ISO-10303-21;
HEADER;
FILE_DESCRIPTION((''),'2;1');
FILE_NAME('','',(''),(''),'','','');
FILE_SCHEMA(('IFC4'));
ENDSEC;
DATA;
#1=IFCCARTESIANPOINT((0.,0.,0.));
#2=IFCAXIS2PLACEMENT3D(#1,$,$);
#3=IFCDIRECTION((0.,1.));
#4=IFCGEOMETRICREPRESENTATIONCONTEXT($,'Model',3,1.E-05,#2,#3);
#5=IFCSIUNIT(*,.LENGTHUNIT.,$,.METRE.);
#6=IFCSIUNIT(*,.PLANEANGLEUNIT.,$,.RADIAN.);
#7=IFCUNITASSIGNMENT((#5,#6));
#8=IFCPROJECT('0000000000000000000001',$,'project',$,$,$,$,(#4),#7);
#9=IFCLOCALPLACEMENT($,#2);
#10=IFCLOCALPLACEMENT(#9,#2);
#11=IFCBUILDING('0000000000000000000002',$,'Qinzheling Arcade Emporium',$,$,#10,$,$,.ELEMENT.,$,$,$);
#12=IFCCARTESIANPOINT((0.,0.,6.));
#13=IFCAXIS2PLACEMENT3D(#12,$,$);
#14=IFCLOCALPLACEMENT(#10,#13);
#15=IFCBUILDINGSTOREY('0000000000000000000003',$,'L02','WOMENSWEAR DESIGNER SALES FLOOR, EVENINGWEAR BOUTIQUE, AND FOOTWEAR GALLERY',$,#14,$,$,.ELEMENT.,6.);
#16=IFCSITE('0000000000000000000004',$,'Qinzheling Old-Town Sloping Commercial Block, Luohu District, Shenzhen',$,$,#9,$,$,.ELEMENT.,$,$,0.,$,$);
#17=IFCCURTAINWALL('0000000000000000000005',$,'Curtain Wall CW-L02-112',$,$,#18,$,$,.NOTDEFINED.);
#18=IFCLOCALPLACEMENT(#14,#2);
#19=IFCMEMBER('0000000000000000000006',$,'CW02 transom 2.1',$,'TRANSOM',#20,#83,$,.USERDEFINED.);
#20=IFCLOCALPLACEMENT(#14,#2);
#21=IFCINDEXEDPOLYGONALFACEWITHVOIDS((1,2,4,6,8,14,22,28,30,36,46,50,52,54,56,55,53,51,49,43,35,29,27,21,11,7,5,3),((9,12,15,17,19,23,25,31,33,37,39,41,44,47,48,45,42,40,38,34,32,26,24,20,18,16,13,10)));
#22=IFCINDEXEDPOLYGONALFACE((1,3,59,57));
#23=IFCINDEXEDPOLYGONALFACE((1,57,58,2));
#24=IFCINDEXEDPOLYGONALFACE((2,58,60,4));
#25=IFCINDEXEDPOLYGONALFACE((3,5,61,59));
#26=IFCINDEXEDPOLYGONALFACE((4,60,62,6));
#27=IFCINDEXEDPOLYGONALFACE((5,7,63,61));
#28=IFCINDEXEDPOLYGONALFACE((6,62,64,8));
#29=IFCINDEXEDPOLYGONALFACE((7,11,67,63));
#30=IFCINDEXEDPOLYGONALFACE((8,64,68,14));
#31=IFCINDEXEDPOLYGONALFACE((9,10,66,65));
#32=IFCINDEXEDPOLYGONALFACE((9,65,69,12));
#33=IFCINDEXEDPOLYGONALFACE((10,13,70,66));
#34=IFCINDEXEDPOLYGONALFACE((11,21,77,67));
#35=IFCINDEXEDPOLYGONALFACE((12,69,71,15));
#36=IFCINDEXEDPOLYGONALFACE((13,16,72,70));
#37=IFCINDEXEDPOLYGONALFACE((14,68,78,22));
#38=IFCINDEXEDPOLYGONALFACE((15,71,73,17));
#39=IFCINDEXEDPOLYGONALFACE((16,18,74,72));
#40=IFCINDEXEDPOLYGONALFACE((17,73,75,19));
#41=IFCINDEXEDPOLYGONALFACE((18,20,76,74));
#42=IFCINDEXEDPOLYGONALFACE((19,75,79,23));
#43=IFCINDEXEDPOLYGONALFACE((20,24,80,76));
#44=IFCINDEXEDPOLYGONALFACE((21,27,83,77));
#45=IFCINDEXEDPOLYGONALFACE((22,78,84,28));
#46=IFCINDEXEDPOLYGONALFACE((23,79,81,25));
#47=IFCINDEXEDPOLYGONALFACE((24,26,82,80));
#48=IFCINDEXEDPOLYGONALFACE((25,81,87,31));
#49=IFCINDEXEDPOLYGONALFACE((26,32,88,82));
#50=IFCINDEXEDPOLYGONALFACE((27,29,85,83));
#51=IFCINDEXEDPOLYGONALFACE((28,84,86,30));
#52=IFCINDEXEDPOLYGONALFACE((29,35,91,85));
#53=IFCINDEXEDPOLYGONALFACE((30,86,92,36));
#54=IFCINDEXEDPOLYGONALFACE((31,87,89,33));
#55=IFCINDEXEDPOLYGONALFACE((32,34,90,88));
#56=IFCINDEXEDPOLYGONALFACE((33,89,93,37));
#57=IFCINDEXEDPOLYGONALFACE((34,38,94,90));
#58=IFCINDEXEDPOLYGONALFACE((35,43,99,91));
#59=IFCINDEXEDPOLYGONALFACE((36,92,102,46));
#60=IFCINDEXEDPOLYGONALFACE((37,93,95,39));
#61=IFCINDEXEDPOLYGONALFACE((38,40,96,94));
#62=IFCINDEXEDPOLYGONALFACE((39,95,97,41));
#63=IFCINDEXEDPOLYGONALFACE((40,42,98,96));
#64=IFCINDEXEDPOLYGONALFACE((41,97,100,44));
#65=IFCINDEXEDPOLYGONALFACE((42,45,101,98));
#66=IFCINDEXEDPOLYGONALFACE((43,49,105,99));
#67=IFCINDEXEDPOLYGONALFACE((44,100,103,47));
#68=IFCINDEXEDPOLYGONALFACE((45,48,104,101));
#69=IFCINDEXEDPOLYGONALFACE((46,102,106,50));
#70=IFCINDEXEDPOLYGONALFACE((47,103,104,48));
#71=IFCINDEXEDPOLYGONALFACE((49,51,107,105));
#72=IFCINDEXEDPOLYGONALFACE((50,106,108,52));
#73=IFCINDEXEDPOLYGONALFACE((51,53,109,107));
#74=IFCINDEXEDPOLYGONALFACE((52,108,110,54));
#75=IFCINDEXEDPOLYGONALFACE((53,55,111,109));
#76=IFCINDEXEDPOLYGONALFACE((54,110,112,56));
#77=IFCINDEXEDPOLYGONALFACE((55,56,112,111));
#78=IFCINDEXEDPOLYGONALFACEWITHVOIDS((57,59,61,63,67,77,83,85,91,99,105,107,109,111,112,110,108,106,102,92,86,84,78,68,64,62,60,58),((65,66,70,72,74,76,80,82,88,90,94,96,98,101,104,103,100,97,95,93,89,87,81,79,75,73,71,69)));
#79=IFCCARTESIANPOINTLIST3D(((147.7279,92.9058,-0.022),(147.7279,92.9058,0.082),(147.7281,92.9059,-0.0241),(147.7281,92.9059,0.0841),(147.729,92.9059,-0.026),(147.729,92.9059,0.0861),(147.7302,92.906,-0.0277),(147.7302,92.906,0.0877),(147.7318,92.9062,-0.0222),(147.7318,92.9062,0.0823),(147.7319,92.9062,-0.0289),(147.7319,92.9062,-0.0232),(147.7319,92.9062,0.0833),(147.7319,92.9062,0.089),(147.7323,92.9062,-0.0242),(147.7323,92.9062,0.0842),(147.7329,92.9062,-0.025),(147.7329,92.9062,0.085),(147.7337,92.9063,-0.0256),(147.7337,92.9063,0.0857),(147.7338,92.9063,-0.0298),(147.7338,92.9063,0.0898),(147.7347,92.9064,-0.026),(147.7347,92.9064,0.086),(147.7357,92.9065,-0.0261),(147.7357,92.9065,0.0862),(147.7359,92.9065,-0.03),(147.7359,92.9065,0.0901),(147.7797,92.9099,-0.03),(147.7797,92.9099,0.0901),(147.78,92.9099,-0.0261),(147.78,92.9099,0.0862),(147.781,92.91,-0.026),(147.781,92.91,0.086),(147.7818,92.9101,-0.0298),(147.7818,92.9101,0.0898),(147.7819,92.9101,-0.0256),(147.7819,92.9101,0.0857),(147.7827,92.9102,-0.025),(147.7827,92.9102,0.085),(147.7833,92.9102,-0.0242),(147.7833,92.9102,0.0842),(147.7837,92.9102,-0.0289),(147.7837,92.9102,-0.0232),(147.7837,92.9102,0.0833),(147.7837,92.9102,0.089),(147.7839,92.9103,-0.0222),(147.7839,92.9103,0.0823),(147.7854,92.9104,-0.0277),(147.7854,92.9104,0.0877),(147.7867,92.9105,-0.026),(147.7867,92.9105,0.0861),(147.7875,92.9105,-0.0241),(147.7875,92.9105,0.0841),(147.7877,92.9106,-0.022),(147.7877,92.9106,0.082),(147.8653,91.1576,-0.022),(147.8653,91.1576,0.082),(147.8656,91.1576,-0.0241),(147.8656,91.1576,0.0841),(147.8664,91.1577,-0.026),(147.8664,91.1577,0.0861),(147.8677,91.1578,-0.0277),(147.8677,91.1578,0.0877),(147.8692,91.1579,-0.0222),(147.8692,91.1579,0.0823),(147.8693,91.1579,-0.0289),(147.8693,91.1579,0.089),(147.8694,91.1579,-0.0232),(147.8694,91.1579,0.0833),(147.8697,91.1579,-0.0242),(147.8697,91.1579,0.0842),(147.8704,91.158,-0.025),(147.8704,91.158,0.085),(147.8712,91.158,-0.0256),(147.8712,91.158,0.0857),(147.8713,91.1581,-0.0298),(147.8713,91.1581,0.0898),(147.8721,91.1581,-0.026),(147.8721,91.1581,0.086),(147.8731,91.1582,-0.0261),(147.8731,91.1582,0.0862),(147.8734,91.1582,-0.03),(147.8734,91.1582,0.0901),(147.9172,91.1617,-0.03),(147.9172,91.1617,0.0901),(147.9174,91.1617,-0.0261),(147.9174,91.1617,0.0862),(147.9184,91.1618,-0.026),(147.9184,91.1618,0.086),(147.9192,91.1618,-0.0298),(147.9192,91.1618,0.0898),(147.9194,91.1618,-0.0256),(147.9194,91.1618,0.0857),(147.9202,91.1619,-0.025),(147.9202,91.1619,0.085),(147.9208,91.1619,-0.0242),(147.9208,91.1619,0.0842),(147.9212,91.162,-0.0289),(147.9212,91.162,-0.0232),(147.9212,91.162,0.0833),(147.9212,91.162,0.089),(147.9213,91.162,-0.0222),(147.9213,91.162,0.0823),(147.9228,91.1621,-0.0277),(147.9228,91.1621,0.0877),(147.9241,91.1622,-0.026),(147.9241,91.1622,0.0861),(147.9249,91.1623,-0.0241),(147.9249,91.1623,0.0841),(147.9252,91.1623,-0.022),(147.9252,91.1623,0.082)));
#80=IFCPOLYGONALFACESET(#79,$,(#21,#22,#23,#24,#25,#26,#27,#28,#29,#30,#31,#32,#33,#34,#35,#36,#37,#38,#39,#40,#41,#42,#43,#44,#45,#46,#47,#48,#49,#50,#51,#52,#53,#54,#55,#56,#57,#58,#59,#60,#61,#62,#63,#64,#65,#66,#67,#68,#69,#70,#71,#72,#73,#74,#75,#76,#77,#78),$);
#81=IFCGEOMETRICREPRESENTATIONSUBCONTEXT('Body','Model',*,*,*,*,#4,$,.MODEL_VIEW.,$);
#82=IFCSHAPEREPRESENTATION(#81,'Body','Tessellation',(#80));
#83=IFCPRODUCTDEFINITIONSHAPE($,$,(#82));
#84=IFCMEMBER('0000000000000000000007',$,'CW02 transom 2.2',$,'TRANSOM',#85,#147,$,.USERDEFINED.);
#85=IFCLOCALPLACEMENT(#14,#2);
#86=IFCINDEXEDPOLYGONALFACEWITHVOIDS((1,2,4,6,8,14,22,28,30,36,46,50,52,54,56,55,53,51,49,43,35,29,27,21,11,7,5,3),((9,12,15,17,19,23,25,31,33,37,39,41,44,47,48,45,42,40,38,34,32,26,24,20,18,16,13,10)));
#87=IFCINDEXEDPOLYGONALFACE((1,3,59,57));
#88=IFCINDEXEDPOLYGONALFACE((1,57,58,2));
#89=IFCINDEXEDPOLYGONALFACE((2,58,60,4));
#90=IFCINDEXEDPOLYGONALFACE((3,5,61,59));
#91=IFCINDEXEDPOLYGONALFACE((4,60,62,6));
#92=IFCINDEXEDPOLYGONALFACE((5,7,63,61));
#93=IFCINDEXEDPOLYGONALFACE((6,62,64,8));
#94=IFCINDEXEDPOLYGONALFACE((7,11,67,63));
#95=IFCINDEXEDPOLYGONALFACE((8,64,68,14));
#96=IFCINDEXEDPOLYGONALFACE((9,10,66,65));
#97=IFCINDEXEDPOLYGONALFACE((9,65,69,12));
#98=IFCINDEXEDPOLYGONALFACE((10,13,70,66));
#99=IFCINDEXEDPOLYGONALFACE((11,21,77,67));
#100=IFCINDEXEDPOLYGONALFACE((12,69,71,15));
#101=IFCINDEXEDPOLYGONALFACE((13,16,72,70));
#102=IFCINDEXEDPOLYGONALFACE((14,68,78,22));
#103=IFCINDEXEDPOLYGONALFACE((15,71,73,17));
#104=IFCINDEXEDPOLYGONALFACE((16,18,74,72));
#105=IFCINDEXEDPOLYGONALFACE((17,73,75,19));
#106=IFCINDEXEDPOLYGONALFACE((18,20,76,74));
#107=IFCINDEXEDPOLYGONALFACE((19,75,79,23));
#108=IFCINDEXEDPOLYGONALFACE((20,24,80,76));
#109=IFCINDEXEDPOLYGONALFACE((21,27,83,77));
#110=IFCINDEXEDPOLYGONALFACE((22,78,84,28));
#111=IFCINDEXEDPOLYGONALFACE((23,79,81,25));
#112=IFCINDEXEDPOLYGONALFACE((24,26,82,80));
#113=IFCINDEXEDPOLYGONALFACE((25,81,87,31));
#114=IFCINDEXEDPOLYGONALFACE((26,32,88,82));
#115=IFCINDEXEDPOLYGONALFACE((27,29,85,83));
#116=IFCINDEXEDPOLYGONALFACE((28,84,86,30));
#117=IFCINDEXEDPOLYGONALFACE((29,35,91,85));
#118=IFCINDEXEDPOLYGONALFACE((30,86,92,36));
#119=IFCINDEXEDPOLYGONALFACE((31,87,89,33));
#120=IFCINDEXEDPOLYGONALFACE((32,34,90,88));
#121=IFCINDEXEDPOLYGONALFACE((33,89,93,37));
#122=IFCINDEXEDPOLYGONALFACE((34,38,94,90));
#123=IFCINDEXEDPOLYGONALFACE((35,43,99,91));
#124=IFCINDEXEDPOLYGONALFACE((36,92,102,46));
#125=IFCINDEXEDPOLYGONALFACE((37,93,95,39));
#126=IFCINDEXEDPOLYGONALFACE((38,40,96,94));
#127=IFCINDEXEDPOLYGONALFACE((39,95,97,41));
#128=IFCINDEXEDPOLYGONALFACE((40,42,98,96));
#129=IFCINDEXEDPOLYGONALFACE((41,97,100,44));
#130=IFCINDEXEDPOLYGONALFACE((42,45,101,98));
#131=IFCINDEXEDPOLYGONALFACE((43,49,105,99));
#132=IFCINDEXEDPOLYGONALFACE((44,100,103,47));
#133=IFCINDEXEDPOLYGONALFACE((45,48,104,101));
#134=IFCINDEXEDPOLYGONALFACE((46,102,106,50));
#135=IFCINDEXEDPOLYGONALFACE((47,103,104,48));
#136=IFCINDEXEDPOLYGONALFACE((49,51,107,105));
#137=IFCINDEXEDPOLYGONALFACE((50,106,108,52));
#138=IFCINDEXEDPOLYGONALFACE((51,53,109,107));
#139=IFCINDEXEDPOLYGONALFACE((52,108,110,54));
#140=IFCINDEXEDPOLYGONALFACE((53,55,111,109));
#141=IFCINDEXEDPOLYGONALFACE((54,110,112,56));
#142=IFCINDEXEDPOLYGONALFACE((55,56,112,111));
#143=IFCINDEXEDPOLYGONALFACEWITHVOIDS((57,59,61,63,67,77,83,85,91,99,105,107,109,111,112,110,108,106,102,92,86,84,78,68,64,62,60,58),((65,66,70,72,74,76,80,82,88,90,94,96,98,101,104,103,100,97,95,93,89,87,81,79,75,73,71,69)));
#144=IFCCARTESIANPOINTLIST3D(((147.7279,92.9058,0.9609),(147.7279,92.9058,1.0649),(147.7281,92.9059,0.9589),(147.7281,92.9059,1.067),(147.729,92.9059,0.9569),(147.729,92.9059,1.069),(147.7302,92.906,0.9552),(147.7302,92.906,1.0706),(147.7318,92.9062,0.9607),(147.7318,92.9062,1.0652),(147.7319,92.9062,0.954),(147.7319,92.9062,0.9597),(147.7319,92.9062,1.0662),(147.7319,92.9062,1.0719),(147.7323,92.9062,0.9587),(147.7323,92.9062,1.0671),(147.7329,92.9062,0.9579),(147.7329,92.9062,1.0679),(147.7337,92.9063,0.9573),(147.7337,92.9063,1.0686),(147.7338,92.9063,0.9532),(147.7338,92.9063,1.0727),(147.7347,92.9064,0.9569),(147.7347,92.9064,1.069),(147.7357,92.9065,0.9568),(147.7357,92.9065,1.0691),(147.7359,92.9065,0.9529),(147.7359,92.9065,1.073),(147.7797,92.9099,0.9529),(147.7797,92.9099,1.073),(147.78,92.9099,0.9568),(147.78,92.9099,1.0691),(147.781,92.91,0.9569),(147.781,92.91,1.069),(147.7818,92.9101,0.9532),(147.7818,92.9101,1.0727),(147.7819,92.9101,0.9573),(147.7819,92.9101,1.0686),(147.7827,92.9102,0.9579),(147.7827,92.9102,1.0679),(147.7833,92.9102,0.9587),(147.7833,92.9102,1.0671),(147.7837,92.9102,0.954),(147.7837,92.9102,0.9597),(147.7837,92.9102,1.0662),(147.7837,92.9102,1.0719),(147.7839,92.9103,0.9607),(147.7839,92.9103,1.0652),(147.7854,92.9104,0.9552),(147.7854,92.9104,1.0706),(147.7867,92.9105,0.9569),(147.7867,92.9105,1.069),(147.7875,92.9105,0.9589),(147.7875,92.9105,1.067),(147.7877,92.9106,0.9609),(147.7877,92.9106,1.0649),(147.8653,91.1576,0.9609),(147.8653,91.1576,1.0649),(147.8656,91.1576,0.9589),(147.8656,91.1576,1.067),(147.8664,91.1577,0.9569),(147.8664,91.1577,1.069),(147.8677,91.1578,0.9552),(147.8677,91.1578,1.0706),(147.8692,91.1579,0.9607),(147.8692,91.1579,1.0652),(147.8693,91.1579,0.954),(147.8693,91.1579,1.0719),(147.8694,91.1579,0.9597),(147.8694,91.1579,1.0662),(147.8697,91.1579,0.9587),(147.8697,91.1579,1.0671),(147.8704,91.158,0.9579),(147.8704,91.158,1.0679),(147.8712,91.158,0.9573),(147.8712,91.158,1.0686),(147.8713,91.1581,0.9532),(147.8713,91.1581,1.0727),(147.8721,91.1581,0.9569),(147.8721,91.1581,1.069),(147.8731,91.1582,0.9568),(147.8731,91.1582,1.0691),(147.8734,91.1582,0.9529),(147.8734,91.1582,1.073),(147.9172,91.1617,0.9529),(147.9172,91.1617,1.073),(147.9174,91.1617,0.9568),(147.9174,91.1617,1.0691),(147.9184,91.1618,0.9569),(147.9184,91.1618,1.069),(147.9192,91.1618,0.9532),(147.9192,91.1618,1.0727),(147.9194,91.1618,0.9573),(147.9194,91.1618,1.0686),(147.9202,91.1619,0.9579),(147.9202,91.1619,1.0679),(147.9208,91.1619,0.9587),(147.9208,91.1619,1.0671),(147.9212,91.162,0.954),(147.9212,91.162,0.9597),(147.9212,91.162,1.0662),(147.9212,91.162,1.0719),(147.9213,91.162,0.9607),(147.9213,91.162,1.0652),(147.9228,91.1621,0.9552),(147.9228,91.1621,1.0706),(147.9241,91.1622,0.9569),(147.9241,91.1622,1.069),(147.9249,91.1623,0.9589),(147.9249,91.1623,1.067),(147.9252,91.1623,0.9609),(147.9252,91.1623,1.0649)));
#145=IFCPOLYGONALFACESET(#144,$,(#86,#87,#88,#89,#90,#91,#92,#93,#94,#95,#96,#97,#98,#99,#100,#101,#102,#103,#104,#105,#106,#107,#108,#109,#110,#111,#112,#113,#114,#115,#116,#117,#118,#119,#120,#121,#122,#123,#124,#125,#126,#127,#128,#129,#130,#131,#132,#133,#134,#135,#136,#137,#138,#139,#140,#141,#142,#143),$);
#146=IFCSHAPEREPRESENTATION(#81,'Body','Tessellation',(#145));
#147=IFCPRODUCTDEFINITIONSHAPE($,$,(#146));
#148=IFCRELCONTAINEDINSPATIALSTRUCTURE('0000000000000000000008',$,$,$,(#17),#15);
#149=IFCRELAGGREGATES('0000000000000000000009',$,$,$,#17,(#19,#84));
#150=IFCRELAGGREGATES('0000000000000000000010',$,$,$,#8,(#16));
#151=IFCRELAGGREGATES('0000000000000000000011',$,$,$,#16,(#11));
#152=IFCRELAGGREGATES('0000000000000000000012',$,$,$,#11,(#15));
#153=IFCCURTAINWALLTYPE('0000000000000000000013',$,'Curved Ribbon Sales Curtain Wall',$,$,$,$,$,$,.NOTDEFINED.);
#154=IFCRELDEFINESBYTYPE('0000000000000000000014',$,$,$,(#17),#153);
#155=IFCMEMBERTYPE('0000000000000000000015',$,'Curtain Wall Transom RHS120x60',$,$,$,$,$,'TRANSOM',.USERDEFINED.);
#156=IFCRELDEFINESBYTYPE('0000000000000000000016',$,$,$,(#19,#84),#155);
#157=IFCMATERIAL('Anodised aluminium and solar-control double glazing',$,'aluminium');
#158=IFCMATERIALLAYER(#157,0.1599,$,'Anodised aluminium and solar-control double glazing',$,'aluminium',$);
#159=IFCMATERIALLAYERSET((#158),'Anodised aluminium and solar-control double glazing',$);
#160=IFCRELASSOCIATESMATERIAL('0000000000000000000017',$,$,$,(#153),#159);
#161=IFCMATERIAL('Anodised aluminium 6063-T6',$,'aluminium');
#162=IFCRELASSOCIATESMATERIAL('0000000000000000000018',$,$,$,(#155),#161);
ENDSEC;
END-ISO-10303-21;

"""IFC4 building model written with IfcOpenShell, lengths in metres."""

from ifc_helpers import new_model, si_unit, direction, frame, origin, origin_2d, place, context, subcontext, project, spatial, hollow_rectangle, extrude, material, layer, layer_set, material_profile, profile_set, type_object, element, aggregate, save


model = new_model("IFC4")

# Units and contexts
model_context = context("Model", 3, precision=1e-05, world=origin(), true_north=direction((0.0, 1.0)))
body_context = subcontext(model_context, "Body", "Model", "MODEL_VIEW")
ifc_project = project(units=[si_unit("LENGTHUNIT", "METRE"), si_unit("PLANEANGLEUNIT", "RADIAN")], contexts=[model_context])

# Site, building, storey
site_placement = place(None, origin())
site = spatial("IfcSite", under=ifc_project, at=site_placement, Name="Qinzheling Old-Town Sloping Commercial Block, Luohu District, Shenzhen", CompositionType="ELEMENT", RefElevation=0.0)
building_placement = place(site_placement, origin())
building = spatial("IfcBuilding", under=site, at=building_placement, Name="Qinzheling Arcade Emporium", CompositionType="ELEMENT")
storey_placement = place(building_placement, frame((0.0, 0.0, 6.0)))
storey = spatial("IfcBuildingStorey", under=building, at=storey_placement, Name="L02", Description="WOMENSWEAR DESIGNER SALES FLOOR, EVENINGWEAR BOUTIQUE, AND FOOTWEAR GALLERY", CompositionType="ELEMENT", Elevation=6.0)

# Curtain wall
ifc_material_1 = material(Name="Anodised aluminium and solar-control double glazing", Category="aluminium")
ifc_layer_1 = layer(ifc_material_1, 0.1599, Name="Anodised aluminium and solar-control double glazing", Category="aluminium")
ifc_layer_set_1 = layer_set([ifc_layer_1], Name="Anodised aluminium and solar-control double glazing")
curtain_wall_type_1 = type_object("IfcCurtainWallType", Name="Curved Ribbon Sales Curtain Wall", PredefinedType="NOTDEFINED", material=ifc_layer_set_1)
curtain_wall_1_placement = place(storey_placement, origin())
curtain_wall_1 = element("IfcCurtainWall", 1, at=curtain_wall_1_placement, inside=storey, type_object=curtain_wall_type_1, Name="Curtain Wall CW-L02-112", PredefinedType="NOTDEFINED")
ifc_material_2 = material(Name="Anodised aluminium 6063-T6", Category="aluminium")

# Members
ifc_material_profile_1 = material_profile(ifc_material_2, hollow_rectangle(XDim=0.0601, YDim=0.1201, WallThickness=0.0039, InnerFilletRadius=0.0039, OuterFilletRadius=0.0081, at=origin_2d()), Name="RHS 120x60x4", Category="aluminium")
ifc_profile_set_1 = profile_set([ifc_material_profile_1], Name="Anodised aluminium 6063-T6")
member_type_1 = type_object("IfcMemberType", Name="Curtain Wall Transom RHS120x60", ElementType="TRANSOM", PredefinedType="USERDEFINED", material=ifc_profile_set_1)
member_1_placement = place(storey_placement, frame((147.7578, 92.9082, 0.03), z_axis=(0.078378, -0.996924, 0.0), x_axis=(0.996924, 0.078378, 0.0)))
member_1 = element("IfcMember", 2, at=member_1_placement, type_object=member_type_1, Name="CW02 transom 2.1", ObjectType="TRANSOM", PredefinedType="USERDEFINED", context=body_context, shape_type="SweptSolid", body=[
    extrude(hollow_rectangle(XDim=0.0601, YDim=0.1201, WallThickness=0.0039, InnerFilletRadius=0.0039, OuterFilletRadius=0.0081, at=origin_2d()), origin(), (0.0, 0.0, 1.0), 1.7537),
])
member_2_placement = place(storey_placement, frame((147.7578, 92.9082, 1.0129), z_axis=(0.078378, -0.996924, 0.0), x_axis=(0.996924, 0.078378, 0.0)))
member_2 = element("IfcMember", 3, at=member_2_placement, type_object=member_type_1, Name="CW02 transom 2.2", ObjectType="TRANSOM", PredefinedType="USERDEFINED", context=body_context, shape_type="SweptSolid", body=[
    extrude(hollow_rectangle(XDim=0.0601, YDim=0.1201, WallThickness=0.0039, InnerFilletRadius=0.0039, OuterFilletRadius=0.0081, at=origin_2d()), origin(), (0.0, 0.0, 1.0), 1.7537),
])

aggregate(curtain_wall_1, [member_1, member_2])

save(model, "model.ifc")
